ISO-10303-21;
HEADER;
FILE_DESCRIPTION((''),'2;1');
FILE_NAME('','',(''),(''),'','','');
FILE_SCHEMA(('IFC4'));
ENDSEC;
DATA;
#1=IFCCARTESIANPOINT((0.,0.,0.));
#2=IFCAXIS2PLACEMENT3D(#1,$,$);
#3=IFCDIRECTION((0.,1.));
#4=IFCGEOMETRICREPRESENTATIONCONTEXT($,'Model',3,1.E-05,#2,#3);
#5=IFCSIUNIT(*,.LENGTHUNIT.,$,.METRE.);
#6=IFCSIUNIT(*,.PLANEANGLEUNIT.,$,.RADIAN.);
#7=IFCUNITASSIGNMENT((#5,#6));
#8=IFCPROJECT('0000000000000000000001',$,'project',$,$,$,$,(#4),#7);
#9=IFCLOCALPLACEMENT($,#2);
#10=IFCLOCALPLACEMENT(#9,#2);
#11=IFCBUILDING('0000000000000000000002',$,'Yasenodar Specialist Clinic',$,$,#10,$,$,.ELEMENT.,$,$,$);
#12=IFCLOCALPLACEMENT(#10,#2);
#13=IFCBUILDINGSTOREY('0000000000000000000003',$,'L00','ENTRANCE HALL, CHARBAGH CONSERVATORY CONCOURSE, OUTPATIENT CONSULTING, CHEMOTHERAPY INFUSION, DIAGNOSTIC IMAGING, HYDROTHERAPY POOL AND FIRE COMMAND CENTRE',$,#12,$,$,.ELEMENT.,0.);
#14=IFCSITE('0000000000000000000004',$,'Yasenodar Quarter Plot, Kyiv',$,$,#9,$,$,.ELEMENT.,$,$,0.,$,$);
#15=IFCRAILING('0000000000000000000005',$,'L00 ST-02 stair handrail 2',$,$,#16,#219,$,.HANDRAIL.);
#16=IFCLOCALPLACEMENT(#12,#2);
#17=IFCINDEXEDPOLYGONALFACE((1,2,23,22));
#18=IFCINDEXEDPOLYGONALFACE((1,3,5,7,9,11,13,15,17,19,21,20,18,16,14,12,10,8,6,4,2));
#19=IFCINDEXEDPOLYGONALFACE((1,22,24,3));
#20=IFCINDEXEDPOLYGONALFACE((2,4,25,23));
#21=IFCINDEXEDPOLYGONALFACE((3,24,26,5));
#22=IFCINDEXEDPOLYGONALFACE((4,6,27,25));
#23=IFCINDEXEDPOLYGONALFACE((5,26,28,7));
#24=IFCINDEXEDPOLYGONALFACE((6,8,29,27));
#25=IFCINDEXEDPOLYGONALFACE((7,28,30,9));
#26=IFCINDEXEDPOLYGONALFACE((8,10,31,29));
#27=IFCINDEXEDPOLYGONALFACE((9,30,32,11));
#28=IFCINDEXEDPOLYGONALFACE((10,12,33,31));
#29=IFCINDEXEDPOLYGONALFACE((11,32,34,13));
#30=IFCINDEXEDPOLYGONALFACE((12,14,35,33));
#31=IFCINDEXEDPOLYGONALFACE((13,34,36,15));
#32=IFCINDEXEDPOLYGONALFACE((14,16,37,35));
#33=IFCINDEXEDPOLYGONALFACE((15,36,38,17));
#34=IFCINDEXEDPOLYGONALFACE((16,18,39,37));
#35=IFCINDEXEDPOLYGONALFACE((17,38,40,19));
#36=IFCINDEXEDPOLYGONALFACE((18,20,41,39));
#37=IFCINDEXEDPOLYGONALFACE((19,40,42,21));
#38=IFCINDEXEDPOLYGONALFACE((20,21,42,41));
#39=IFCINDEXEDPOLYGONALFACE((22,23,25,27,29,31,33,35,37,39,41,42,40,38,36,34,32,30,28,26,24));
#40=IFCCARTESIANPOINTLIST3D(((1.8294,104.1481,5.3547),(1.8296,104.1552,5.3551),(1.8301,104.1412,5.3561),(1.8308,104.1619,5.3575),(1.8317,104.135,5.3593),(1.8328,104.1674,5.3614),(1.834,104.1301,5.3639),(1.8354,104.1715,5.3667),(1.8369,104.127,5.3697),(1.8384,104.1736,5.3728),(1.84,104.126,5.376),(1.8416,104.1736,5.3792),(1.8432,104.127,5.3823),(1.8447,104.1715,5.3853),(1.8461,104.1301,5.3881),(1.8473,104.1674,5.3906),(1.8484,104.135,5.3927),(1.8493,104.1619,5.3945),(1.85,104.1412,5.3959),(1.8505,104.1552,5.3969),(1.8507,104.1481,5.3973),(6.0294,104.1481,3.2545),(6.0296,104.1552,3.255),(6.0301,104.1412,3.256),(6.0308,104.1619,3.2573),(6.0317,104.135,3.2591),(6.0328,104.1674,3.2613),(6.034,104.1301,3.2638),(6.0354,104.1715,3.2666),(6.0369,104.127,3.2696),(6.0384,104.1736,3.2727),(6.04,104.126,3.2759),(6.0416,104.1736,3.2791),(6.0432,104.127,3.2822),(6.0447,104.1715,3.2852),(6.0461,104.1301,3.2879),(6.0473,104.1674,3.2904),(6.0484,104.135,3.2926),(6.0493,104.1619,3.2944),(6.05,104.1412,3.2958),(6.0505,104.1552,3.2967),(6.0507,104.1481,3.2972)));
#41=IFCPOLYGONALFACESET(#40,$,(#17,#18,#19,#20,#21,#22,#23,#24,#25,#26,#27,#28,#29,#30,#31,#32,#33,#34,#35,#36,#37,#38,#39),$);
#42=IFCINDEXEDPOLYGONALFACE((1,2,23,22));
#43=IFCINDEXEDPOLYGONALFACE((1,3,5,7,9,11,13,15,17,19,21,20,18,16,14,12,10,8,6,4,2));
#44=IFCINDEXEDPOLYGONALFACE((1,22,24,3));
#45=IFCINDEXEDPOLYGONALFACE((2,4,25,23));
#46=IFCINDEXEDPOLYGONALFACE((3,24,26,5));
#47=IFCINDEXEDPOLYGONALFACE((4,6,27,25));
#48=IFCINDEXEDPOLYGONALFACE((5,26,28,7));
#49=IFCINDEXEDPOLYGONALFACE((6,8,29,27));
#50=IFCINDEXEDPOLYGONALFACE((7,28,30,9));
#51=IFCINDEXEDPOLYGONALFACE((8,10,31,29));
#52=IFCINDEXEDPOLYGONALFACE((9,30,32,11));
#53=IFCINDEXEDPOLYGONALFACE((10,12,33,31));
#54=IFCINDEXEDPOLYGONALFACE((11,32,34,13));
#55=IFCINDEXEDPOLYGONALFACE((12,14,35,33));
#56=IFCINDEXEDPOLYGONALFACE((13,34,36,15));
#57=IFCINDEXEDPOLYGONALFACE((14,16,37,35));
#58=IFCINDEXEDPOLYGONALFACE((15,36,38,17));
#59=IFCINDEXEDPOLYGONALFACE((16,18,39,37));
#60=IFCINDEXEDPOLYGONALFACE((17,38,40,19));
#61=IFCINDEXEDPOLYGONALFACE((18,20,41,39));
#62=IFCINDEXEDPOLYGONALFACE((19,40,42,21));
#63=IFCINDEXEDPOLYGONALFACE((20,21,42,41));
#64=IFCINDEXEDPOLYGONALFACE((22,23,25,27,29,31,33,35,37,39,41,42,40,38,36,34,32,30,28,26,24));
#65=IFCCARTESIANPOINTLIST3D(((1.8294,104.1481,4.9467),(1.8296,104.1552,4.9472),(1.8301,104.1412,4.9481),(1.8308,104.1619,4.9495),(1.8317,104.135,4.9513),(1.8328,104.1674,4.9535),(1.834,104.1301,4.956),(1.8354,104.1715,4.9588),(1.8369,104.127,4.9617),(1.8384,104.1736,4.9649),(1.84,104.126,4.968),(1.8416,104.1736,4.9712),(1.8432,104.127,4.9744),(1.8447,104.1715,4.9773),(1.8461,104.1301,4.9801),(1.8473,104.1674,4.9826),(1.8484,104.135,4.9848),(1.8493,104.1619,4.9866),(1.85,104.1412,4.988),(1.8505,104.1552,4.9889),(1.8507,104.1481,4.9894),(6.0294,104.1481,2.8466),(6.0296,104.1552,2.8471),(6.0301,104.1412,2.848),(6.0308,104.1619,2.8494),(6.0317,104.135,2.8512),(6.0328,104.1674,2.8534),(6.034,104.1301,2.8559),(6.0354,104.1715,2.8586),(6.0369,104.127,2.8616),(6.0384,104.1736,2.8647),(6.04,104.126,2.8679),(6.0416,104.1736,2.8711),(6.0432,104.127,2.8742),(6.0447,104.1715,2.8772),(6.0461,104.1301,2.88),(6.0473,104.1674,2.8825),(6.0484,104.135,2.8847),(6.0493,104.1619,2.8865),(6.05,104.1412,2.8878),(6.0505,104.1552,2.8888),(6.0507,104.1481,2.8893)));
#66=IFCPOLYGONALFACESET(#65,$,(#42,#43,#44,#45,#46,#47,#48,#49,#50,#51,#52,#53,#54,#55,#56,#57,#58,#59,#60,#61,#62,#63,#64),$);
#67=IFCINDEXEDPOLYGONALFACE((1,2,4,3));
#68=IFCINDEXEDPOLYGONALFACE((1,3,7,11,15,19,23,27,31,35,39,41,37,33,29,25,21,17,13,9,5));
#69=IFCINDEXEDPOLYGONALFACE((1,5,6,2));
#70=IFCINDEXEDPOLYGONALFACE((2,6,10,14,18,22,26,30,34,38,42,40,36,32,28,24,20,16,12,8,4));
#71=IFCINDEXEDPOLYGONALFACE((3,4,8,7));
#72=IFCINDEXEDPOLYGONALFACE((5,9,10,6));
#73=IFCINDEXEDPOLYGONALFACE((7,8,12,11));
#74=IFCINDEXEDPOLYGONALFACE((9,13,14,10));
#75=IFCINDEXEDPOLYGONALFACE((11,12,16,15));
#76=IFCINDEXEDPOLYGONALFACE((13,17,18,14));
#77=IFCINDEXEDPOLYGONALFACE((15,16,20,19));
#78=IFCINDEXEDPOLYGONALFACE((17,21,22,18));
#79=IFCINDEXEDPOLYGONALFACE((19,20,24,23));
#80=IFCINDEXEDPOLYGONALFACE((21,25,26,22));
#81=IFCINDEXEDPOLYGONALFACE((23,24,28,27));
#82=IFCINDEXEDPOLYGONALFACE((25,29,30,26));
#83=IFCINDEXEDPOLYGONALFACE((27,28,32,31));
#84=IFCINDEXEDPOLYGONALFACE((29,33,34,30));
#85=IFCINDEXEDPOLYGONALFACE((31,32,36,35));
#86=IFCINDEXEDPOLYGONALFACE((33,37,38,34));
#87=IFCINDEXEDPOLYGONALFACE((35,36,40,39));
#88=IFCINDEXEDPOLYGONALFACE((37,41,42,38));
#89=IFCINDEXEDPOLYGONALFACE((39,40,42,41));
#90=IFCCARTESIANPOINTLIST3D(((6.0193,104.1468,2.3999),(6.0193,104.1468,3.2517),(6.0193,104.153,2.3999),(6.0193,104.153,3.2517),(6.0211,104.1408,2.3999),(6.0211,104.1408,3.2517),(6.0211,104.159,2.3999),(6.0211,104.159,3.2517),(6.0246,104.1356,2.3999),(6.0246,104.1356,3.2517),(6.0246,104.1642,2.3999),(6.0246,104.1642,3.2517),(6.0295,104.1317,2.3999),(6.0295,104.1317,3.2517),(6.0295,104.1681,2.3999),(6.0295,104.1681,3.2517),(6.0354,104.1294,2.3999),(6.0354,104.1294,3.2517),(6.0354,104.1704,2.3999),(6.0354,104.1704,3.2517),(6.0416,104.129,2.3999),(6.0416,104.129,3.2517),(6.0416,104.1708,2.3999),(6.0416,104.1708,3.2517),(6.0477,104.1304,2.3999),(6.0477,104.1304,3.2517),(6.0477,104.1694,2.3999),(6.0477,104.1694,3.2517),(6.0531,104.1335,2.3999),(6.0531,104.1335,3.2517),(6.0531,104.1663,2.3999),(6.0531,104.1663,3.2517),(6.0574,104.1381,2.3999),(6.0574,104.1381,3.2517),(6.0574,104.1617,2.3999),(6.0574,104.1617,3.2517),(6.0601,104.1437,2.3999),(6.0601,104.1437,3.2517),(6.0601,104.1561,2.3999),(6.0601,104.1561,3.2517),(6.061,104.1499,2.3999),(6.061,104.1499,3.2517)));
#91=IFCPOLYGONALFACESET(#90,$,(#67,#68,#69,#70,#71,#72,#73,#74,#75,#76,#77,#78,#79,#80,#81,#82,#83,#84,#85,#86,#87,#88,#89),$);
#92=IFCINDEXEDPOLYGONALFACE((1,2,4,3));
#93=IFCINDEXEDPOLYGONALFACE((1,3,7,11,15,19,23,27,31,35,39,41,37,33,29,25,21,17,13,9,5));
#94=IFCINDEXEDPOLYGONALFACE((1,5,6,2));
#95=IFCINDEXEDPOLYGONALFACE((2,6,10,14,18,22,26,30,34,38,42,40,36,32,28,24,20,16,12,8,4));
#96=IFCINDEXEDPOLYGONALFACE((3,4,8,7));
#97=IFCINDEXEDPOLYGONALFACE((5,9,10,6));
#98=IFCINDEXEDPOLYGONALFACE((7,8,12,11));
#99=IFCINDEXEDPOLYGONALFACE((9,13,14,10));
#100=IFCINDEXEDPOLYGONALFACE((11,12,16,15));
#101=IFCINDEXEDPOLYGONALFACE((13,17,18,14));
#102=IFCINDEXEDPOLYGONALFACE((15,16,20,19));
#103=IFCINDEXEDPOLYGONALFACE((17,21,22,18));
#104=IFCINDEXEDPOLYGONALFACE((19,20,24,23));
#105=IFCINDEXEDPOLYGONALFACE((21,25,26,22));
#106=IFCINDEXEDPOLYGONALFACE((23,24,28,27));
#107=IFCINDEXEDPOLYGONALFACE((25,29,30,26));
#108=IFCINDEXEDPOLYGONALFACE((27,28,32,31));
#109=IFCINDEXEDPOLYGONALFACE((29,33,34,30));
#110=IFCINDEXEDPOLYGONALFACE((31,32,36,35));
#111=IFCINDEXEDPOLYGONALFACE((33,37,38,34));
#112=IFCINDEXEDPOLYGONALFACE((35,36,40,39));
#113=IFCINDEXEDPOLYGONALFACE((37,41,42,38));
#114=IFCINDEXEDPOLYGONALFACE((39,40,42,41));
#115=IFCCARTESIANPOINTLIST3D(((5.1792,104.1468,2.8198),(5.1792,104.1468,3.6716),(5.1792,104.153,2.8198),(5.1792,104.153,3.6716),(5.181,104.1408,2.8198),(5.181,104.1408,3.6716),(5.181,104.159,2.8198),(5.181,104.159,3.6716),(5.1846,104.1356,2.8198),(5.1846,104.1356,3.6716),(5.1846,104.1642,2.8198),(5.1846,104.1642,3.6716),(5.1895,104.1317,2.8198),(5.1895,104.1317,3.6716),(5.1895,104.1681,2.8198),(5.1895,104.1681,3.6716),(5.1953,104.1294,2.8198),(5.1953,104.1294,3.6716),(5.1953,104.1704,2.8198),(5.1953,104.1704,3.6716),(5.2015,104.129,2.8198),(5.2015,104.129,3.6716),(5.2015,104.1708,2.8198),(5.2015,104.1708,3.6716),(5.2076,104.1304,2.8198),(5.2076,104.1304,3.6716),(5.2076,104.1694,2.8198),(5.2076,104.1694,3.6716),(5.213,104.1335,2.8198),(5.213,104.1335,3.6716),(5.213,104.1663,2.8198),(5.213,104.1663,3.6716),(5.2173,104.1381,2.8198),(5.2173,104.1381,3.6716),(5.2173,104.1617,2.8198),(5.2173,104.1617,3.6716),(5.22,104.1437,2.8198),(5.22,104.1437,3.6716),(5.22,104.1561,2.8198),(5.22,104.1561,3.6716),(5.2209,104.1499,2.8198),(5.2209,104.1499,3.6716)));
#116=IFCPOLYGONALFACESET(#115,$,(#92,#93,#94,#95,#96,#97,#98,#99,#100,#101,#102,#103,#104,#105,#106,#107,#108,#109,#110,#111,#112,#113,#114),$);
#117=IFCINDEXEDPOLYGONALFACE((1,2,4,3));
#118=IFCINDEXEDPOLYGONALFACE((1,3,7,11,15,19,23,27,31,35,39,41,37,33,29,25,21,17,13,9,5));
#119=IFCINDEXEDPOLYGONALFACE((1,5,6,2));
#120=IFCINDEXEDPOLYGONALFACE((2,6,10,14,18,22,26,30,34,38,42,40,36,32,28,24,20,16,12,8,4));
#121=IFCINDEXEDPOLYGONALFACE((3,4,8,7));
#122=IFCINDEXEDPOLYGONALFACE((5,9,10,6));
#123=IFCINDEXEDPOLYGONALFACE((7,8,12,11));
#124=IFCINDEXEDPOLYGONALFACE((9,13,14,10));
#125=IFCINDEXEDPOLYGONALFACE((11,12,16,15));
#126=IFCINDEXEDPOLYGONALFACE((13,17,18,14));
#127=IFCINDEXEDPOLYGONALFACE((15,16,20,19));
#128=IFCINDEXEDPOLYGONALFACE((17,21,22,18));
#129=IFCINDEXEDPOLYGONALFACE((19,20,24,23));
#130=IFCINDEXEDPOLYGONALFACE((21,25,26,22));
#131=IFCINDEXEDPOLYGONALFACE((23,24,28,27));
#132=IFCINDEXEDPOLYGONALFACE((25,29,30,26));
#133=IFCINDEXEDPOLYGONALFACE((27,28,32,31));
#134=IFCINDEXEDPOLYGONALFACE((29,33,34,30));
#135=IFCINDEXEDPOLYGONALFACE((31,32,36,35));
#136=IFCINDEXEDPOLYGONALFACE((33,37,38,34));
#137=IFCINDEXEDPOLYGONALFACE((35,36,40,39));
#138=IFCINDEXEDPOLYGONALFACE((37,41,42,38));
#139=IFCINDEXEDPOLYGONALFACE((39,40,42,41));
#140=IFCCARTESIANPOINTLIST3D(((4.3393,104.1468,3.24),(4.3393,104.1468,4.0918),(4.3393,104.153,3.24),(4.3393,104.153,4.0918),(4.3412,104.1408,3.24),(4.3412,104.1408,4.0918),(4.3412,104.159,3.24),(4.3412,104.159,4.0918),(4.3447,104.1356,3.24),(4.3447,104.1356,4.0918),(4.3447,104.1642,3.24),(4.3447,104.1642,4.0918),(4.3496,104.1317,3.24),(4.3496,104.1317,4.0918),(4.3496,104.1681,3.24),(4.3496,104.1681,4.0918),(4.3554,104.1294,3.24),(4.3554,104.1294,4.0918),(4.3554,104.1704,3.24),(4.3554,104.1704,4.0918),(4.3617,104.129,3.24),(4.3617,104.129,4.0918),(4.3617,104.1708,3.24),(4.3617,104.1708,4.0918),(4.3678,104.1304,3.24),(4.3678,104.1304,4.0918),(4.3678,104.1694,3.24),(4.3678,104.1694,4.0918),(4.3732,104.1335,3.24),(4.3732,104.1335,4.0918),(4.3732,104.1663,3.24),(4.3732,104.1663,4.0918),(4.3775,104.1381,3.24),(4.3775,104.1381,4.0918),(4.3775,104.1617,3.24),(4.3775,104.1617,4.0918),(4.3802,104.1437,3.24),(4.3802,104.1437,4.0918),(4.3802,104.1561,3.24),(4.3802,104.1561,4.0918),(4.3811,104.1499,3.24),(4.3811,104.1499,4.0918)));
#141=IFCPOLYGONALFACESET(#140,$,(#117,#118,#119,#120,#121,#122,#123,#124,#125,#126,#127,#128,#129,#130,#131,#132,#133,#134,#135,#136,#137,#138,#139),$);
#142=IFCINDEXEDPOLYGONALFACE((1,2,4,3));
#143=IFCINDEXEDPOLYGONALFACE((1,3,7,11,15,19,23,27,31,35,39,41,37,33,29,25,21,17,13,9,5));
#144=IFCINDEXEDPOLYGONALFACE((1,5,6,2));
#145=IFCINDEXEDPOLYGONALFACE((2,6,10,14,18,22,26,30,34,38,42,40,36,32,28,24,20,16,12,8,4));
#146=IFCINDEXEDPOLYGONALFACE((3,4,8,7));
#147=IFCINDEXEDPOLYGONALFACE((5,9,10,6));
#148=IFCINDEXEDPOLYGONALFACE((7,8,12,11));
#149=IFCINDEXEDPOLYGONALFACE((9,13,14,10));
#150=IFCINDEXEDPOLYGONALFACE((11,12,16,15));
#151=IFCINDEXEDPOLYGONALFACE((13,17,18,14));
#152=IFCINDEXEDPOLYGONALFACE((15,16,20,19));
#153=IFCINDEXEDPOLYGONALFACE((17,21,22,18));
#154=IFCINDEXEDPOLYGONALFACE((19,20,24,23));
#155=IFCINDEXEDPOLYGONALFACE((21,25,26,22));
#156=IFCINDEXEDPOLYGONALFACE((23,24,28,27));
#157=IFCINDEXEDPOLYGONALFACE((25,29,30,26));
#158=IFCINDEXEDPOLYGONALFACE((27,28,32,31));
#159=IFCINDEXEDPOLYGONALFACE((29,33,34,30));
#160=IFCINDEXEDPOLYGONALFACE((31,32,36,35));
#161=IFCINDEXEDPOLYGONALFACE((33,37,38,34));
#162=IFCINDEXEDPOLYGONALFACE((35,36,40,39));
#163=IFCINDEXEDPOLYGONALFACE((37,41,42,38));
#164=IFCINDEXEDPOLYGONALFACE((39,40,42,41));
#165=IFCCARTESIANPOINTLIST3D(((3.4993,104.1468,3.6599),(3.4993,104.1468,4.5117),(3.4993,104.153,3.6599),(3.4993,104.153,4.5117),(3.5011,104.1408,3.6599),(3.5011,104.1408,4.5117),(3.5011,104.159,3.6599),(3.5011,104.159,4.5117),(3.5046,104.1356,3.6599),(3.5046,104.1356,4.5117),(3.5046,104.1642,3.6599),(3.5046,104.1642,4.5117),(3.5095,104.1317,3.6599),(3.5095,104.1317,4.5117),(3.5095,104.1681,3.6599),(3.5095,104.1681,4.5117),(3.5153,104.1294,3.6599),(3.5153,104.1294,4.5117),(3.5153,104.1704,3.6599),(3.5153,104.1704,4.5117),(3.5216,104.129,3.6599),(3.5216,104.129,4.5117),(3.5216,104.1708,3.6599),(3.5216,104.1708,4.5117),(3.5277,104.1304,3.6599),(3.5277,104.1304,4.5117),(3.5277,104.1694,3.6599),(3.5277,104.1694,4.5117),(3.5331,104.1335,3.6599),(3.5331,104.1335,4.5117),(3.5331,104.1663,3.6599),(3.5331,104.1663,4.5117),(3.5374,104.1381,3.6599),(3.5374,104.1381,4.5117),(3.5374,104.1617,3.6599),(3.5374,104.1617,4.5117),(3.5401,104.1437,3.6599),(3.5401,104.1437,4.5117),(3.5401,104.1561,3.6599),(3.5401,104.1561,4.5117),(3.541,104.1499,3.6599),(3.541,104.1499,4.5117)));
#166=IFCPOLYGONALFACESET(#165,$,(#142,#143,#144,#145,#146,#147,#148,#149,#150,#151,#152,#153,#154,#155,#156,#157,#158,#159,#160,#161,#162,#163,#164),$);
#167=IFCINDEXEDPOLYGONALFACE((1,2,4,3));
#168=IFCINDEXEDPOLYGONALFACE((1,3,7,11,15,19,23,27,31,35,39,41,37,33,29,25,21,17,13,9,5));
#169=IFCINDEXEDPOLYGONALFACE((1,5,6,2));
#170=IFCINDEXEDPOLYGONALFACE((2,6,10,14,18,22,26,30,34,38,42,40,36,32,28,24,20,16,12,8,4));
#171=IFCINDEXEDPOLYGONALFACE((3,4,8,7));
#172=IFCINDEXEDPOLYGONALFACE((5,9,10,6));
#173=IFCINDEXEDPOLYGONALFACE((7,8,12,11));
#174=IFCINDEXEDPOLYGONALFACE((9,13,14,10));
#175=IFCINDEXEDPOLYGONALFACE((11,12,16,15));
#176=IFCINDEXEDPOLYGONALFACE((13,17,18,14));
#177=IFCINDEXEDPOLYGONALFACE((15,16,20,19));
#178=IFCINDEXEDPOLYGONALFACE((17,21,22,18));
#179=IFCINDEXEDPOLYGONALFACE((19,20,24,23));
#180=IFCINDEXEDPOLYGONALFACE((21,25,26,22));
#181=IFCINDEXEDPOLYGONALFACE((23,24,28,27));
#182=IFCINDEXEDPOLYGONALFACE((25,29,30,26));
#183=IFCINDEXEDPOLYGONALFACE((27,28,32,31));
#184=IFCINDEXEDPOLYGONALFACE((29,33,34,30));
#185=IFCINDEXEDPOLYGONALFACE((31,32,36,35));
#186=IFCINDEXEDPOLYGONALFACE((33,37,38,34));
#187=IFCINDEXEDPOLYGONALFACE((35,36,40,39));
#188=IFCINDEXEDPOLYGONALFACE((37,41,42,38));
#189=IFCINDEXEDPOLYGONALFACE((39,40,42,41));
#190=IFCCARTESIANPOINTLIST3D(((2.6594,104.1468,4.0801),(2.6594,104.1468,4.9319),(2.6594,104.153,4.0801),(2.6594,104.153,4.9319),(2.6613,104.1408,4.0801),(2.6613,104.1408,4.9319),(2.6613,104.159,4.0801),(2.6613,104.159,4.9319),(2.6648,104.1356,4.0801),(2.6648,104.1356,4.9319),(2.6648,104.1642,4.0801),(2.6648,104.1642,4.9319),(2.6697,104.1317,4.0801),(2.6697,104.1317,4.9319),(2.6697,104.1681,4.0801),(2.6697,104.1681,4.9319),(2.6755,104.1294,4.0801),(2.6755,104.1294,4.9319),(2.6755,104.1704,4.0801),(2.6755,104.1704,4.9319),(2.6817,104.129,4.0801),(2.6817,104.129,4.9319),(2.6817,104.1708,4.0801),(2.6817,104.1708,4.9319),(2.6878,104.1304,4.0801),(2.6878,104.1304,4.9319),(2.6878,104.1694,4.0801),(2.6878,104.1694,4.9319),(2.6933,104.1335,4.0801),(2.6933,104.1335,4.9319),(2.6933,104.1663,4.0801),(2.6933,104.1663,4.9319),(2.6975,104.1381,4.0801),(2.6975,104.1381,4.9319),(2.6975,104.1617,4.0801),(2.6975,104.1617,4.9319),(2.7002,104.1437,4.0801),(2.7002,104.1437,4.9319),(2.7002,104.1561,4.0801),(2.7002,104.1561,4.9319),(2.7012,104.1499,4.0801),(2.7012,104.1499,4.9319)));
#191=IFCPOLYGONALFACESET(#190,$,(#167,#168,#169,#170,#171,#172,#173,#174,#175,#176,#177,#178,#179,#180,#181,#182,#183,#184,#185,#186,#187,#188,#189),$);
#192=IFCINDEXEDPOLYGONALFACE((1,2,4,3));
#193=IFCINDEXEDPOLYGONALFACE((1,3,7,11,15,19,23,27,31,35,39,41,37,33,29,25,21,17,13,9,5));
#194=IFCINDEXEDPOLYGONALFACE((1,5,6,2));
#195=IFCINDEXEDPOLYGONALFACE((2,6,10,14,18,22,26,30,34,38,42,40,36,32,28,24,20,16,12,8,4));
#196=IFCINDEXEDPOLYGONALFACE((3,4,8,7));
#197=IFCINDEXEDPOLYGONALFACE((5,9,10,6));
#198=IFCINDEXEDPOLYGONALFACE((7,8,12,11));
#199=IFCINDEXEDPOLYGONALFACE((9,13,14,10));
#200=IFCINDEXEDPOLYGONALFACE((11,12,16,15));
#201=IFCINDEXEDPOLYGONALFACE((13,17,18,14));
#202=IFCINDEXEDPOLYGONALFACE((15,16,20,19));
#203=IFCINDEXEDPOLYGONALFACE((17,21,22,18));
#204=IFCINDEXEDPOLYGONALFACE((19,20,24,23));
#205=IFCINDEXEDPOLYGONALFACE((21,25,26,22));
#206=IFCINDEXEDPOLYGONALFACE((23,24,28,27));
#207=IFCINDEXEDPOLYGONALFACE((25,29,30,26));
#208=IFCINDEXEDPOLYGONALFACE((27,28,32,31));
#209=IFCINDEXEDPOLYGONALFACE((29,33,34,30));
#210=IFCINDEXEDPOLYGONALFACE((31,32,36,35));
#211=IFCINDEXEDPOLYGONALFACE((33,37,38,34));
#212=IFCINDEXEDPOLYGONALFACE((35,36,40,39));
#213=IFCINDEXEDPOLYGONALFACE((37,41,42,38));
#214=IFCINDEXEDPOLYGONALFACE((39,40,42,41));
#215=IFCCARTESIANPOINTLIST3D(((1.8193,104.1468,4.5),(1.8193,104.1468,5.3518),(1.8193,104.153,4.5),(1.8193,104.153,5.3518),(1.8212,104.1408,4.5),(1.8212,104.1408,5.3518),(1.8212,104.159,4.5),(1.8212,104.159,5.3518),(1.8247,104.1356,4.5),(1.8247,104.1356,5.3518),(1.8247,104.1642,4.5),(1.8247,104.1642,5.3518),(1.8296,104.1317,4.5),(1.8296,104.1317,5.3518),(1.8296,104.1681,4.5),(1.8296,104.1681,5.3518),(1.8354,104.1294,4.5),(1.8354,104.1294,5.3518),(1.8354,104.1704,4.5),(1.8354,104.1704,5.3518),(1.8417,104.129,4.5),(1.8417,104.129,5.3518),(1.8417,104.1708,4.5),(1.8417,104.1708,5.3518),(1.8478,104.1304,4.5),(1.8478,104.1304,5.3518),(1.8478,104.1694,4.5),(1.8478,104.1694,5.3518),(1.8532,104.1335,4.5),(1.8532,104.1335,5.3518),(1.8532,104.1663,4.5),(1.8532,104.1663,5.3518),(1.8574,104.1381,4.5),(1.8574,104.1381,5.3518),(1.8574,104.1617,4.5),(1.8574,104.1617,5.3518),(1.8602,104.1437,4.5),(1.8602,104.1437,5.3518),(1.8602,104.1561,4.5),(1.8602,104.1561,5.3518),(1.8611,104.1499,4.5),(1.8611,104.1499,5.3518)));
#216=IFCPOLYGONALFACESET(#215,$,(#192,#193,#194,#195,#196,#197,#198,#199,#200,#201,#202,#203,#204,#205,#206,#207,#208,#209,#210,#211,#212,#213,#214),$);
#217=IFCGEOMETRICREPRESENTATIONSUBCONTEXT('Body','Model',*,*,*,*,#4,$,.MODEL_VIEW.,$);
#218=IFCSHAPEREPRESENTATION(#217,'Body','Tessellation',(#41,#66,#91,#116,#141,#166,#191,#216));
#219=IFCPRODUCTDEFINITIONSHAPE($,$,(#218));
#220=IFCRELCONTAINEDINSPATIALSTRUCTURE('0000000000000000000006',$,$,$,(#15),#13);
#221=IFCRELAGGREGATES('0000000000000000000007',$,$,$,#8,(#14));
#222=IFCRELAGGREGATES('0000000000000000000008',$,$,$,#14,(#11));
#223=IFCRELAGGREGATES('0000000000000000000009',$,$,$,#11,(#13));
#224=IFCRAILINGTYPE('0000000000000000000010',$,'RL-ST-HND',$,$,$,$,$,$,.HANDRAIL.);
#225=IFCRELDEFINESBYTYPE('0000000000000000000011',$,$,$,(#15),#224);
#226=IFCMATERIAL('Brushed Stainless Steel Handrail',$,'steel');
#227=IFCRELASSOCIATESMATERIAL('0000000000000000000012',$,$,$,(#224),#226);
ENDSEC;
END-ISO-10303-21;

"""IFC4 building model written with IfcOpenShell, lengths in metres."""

from ifc_helpers import new_model, si_unit, direction, frame, origin, origin_2d, place, context, subcontext, project, spatial, circle, extrude, material, type_object, element, save


model = new_model("IFC4")

# Units and contexts
model_context = context("Model", 3, precision=1e-05, world=origin(), true_north=direction((0.0, 1.0)))
body_context = subcontext(model_context, "Body", "Model", "MODEL_VIEW")
ifc_project = project(units=[si_unit("LENGTHUNIT", "METRE"), si_unit("PLANEANGLEUNIT", "RADIAN")], contexts=[model_context])

# Site, building, storey
site_placement = place(None, origin())
site = spatial("IfcSite", under=ifc_project, at=site_placement, Name="Yasenodar Quarter Plot, Kyiv", CompositionType="ELEMENT", RefElevation=0.0)
building_placement = place(site_placement, origin())
building = spatial("IfcBuilding", under=site, at=building_placement, Name="Yasenodar Specialist Clinic", CompositionType="ELEMENT")
storey_placement = place(building_placement, origin())
storey = spatial("IfcBuildingStorey", under=building, at=storey_placement, Name="L00", Description="ENTRANCE HALL, CHARBAGH CONSERVATORY CONCOURSE, OUTPATIENT CONSULTING, CHEMOTHERAPY INFUSION, DIAGNOSTIC IMAGING, HYDROTHERAPY POOL AND FIRE COMMAND CENTRE", CompositionType="ELEMENT", Elevation=0.0)

# Railing
ifc_material_1 = material(Name="Brushed Stainless Steel Handrail", Category="steel")
railing_type_1 = type_object("IfcRailingType", Name="RL-ST-HND", PredefinedType="HANDRAIL", material=ifc_material_1)
railing_1_placement = place(storey_placement, frame((6.04, 104.1499, 2.3999)))
element("IfcRailing", 1, at=railing_1_placement, inside=storey, type_object=railing_type_1, Name="L00 ST-02 stair handrail 2", PredefinedType="HANDRAIL", context=body_context, shape_type="SweptSolid", body=[
    extrude(circle(Radius=0.0239, at=origin_2d()), frame((0.0, 0.0, 0.876), z_axis=(-0.894417, 0.0, 0.447234), x_axis=(0.0, -1.0, 0.0)), (0.0, 0.0, 1.0), 4.6958),
    extrude(circle(Radius=0.0239, at=origin_2d()), frame((0.0, 0.0, 0.468), z_axis=(-0.894417, 0.0, 0.447234), x_axis=(0.0, -1.0, 0.0)), (0.0, 0.0, 1.0), 4.6958),
    extrude(circle(Radius=0.021, at=origin_2d()), origin(), (0.0, 0.0, 1.0), 0.8518),
    extrude(circle(Radius=0.021, at=origin_2d()), frame((-0.8401, 0.0, 0.4199)), (0.0, 0.0, 1.0), 0.8518),
    extrude(circle(Radius=0.021, at=origin_2d()), frame((-1.6799, 0.0, 0.8401)), (0.0, 0.0, 1.0), 0.8518),
    extrude(circle(Radius=0.021, at=origin_2d()), frame((-2.52, 0.0, 1.26)), (0.0, 0.0, 1.0), 0.8518),
    extrude(circle(Radius=0.021, at=origin_2d()), frame((-3.3599, 0.0, 1.6802)), (0.0, 0.0, 1.0), 0.8518),
    extrude(circle(Radius=0.021, at=origin_2d()), frame((-4.2, 0.0, 2.1001)), (0.0, 0.0, 1.0), 0.8518),
])

save(model, "model.ifc")
